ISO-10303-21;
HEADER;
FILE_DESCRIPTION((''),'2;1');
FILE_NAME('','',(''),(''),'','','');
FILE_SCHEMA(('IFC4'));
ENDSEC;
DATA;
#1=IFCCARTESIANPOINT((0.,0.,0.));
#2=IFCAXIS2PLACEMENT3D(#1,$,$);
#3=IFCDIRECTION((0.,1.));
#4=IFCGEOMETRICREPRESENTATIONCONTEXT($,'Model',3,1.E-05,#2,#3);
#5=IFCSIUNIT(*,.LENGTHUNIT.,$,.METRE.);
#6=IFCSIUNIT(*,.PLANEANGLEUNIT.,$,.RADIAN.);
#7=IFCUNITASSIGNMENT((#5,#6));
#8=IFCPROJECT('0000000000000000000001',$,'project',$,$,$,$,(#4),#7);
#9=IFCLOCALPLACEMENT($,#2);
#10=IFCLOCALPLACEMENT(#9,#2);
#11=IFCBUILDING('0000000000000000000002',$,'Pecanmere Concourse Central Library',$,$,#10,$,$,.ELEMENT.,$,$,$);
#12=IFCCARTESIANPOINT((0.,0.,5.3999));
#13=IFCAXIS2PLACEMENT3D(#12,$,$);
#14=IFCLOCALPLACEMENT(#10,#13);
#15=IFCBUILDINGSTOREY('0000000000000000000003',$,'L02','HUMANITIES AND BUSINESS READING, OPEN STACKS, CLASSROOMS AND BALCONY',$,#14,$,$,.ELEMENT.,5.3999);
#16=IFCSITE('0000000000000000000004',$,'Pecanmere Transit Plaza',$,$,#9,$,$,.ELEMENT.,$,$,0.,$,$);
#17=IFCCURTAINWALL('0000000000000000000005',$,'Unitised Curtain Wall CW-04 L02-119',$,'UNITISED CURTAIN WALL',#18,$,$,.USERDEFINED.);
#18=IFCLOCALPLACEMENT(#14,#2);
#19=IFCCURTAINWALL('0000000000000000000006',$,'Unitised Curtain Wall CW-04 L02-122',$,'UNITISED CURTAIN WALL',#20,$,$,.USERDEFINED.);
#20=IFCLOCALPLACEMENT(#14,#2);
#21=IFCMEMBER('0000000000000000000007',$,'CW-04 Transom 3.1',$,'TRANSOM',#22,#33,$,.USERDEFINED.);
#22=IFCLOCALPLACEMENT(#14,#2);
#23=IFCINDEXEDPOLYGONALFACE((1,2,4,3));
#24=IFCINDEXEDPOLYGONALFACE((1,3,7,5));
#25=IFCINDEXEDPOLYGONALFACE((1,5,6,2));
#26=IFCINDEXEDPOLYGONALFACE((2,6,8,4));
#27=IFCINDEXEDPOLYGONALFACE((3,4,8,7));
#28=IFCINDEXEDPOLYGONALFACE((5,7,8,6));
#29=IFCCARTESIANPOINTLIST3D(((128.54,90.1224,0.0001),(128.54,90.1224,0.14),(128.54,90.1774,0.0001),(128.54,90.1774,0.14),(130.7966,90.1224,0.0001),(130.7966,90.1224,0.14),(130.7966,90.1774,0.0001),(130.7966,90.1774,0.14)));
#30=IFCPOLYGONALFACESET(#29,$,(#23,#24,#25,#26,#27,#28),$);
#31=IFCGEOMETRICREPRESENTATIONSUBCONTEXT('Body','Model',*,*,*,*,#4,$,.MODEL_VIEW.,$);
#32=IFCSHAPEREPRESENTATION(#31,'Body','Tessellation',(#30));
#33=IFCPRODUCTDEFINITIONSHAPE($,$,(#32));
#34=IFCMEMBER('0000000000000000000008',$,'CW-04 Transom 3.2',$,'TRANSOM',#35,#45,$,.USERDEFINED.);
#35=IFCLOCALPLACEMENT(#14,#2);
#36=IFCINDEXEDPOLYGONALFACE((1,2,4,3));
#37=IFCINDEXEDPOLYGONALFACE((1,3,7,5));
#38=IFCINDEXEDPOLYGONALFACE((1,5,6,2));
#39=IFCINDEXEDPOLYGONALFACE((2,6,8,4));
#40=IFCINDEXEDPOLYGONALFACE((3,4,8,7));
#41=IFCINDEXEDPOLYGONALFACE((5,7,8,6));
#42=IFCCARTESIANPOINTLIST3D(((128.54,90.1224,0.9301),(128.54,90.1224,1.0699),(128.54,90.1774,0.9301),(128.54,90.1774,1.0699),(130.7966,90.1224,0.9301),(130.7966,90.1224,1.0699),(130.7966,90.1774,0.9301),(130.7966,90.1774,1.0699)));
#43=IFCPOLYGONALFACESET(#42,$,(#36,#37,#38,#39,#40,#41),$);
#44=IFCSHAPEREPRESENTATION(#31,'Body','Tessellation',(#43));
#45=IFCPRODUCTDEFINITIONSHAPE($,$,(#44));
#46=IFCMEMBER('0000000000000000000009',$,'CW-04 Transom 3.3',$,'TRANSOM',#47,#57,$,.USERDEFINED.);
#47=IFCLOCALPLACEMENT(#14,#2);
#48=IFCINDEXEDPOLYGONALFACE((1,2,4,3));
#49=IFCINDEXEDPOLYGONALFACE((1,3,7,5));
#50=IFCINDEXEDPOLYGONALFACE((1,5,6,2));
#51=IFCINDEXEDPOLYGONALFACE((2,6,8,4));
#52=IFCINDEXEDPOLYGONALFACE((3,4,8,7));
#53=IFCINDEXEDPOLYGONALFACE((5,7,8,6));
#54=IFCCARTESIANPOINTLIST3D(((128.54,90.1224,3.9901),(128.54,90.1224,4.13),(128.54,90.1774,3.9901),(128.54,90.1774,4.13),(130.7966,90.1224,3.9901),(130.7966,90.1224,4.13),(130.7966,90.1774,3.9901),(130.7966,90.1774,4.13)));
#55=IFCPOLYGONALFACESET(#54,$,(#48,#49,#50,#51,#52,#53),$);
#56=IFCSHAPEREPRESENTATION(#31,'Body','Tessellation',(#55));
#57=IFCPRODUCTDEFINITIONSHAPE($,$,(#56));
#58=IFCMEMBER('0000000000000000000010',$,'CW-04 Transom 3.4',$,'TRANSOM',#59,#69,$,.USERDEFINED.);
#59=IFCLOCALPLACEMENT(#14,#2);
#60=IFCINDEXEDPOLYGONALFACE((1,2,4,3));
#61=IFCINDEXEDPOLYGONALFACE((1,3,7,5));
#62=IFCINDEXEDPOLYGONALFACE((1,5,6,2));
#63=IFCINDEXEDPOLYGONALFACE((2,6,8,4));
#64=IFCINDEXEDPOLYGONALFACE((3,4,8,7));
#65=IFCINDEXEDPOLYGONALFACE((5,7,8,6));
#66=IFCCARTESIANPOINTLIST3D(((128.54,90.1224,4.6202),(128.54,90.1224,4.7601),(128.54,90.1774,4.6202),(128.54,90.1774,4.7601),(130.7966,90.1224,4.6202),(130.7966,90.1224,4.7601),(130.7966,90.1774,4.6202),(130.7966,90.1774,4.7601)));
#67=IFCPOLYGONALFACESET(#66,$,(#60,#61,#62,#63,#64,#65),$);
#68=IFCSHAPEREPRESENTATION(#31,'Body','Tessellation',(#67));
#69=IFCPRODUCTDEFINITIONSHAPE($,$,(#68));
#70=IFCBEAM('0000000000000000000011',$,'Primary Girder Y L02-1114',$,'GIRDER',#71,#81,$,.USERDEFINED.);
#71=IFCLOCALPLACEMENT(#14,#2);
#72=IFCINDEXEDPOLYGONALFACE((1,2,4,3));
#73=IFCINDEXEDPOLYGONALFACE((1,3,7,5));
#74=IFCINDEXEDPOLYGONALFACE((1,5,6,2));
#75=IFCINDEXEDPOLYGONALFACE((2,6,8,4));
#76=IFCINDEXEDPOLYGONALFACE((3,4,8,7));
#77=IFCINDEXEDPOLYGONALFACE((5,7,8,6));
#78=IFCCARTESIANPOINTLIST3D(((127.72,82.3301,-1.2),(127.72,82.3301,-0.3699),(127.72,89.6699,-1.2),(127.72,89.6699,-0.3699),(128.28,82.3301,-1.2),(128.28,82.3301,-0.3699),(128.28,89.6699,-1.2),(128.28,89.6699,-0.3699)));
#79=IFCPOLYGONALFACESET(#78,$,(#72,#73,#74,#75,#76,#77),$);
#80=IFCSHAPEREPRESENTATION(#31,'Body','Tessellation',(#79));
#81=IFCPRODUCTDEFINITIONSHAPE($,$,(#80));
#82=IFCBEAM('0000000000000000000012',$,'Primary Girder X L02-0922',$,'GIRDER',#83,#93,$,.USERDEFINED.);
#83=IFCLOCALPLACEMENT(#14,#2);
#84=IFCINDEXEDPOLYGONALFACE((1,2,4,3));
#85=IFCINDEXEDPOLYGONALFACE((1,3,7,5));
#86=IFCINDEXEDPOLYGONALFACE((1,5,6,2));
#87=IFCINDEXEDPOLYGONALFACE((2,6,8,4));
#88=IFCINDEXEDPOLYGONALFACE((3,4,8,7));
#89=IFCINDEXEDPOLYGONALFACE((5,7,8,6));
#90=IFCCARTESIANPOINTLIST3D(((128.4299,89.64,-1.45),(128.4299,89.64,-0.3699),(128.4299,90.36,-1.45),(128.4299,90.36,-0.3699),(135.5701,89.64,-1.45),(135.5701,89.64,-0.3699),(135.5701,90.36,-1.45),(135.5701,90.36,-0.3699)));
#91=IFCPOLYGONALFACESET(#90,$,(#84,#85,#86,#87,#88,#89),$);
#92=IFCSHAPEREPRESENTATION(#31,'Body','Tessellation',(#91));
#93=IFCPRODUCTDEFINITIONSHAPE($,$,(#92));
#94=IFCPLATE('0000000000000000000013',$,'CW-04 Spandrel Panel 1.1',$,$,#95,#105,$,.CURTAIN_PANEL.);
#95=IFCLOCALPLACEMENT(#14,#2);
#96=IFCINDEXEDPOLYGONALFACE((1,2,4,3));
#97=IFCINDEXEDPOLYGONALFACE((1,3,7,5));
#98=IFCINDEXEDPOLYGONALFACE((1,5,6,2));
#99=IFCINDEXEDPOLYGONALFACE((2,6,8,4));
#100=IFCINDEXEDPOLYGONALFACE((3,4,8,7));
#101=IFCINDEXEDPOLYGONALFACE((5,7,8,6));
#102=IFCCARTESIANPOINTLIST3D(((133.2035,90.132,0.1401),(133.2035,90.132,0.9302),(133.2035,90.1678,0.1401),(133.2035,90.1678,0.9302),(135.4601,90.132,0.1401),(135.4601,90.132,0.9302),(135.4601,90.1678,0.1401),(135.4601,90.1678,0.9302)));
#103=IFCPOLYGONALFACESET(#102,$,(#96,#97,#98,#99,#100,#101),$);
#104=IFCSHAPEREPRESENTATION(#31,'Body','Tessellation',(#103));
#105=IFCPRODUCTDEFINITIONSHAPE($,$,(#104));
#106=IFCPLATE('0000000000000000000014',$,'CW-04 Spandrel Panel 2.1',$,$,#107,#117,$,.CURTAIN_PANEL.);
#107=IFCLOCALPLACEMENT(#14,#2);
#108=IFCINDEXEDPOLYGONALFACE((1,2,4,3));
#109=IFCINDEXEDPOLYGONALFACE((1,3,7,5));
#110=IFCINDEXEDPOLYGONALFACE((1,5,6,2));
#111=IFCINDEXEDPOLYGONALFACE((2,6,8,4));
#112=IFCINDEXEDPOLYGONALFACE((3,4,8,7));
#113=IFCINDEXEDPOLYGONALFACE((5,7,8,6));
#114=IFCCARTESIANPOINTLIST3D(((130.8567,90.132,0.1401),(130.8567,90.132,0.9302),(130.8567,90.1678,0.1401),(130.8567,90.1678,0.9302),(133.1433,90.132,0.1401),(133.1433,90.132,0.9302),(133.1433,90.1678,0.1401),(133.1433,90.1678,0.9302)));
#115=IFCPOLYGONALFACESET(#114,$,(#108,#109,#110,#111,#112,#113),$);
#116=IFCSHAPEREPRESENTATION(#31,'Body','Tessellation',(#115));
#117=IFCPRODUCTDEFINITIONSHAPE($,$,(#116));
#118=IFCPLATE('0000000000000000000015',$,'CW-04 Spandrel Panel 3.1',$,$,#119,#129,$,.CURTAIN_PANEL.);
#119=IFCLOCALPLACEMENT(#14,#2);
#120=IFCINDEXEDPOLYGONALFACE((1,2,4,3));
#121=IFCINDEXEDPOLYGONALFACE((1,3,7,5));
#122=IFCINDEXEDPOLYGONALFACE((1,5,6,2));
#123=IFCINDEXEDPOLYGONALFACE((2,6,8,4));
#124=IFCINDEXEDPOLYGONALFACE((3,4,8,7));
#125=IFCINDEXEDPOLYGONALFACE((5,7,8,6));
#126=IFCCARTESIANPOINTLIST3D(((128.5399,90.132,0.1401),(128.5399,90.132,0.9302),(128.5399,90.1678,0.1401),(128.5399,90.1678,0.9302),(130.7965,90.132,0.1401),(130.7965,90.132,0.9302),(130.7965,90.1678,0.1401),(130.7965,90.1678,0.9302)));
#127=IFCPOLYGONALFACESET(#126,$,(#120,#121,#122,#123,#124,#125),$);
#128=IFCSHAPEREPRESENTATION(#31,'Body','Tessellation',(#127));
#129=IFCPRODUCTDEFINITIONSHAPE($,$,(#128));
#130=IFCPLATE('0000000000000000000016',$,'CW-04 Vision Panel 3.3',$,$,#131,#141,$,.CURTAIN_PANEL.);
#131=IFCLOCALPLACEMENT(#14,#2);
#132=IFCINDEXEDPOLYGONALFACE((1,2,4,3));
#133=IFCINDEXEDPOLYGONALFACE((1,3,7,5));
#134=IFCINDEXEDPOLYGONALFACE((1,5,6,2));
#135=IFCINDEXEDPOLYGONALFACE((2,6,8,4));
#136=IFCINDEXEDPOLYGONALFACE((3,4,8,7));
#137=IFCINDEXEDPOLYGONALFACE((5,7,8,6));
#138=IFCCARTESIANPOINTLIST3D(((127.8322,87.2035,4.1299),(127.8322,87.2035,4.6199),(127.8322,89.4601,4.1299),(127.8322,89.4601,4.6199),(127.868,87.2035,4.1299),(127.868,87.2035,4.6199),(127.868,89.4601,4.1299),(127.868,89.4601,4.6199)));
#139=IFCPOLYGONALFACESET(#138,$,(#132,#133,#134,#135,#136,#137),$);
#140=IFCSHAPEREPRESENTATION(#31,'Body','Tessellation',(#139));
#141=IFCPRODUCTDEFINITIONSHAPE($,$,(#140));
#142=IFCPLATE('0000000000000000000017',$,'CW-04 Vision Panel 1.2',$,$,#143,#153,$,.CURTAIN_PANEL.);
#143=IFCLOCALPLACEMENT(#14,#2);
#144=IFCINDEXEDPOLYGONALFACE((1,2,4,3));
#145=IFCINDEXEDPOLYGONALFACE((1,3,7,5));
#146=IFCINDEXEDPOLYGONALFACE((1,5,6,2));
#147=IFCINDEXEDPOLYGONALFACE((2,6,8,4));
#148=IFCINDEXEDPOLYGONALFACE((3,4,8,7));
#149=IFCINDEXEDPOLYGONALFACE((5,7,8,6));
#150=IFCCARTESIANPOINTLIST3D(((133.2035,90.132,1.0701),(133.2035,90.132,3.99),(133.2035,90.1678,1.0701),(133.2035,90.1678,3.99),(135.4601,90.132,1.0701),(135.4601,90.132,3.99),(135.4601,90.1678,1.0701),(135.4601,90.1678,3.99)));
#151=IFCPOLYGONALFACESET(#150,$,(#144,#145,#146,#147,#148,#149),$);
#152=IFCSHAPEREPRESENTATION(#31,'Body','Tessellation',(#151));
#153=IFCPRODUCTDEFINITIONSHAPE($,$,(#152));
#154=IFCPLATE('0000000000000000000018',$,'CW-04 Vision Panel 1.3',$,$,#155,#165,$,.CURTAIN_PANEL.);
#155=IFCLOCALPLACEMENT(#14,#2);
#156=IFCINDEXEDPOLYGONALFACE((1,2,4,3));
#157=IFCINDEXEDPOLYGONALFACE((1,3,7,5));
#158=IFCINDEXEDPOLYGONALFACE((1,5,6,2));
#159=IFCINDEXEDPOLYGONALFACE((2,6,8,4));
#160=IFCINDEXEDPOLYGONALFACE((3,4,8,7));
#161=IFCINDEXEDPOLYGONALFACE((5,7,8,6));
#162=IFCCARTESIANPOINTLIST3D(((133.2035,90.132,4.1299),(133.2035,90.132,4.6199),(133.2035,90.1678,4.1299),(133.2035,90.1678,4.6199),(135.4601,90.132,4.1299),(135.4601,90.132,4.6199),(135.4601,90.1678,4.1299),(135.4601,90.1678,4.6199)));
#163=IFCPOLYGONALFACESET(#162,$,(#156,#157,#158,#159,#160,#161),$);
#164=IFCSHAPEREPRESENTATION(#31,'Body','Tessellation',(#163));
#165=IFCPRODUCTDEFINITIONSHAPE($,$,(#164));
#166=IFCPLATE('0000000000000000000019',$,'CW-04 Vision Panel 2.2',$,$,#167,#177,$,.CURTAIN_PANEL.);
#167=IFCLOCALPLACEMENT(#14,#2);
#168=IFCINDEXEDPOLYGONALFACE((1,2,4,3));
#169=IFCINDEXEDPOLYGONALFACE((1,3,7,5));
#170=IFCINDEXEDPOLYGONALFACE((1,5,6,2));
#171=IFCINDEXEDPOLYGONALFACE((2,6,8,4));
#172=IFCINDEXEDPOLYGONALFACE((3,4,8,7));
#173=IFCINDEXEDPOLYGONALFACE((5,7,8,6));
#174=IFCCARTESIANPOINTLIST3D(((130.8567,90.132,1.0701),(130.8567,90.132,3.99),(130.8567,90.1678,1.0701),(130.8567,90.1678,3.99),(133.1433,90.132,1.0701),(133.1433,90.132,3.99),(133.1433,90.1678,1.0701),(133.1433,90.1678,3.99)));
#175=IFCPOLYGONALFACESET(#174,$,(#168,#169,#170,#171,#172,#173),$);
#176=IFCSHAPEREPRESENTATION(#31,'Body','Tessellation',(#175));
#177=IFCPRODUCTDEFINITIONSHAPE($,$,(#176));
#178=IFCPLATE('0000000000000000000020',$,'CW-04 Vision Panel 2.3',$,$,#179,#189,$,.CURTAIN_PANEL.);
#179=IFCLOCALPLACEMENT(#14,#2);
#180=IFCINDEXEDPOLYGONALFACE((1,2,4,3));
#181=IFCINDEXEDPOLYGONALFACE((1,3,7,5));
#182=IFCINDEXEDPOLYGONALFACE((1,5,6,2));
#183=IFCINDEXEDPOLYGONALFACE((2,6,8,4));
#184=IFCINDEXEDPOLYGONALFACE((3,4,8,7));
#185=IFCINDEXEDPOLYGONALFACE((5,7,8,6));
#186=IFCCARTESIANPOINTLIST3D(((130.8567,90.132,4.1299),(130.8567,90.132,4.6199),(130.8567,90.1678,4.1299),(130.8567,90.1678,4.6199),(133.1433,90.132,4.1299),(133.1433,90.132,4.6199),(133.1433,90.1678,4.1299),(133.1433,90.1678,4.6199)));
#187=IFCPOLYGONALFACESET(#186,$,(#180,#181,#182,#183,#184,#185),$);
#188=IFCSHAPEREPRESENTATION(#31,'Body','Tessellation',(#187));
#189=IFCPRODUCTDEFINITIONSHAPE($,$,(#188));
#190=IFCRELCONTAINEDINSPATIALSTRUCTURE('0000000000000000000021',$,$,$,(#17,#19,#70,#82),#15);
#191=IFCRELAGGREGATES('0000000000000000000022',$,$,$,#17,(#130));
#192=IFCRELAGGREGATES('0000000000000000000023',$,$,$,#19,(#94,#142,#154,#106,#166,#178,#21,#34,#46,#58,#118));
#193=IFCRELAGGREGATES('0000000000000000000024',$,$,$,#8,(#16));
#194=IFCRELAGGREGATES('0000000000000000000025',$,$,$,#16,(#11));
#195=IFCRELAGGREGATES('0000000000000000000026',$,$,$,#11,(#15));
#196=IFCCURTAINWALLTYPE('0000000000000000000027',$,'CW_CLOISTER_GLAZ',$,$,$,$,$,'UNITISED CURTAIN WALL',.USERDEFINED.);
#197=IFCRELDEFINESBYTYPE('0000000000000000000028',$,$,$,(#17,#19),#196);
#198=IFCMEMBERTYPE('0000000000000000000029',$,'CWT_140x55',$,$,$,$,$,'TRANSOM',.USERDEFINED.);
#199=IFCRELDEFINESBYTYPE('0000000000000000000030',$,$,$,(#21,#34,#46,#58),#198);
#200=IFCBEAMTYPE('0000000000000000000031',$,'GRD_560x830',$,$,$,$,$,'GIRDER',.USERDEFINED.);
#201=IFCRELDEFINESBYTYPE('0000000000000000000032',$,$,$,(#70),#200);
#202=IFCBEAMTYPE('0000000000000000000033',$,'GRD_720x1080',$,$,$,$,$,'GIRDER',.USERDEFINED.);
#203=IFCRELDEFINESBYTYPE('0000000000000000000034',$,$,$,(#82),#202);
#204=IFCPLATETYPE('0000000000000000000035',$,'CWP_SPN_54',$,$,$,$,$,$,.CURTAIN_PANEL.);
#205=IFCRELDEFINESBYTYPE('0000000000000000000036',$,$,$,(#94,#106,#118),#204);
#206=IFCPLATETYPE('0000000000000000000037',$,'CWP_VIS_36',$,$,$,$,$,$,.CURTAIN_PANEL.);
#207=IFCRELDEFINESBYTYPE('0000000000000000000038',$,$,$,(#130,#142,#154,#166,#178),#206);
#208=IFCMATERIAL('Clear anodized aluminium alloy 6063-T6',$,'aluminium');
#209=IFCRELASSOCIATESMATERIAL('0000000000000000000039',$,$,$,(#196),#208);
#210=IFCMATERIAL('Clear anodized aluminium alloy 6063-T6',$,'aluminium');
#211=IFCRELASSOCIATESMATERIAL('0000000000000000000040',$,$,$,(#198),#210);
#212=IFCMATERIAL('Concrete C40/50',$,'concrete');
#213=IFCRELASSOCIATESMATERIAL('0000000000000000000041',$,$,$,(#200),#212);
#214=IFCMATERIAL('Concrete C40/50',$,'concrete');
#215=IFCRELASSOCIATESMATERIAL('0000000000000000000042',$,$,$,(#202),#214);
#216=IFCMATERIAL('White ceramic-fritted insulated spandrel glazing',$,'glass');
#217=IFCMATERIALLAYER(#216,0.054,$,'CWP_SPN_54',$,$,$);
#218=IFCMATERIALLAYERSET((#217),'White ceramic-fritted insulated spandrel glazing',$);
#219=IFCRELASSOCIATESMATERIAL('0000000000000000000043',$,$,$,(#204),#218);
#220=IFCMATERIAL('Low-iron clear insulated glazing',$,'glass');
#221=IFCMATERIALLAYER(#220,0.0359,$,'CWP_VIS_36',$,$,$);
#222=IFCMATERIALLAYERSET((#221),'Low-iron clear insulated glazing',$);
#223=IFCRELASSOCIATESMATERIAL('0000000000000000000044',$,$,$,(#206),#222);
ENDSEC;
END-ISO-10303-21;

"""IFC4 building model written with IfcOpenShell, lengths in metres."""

from ifc_helpers import new_model, si_unit, direction, frame, origin, origin_2d, place, context, subcontext, project, spatial, rectangle, extrude, material, layer, layer_set, material_profile, profile_set, type_object, element, aggregate, save


model = new_model("IFC4")

# Units and contexts
model_context = context("Model", 3, precision=1e-05, world=origin(), true_north=direction((0.0, 1.0)))
body_context = subcontext(model_context, "Body", "Model", "MODEL_VIEW")
ifc_project = project(units=[si_unit("LENGTHUNIT", "METRE"), si_unit("PLANEANGLEUNIT", "RADIAN")], contexts=[model_context])

# Site, building, storey
site_placement = place(None, origin())
site = spatial("IfcSite", under=ifc_project, at=site_placement, Name="Pecanmere Transit Plaza", CompositionType="ELEMENT", RefElevation=0.0)
building_placement = place(site_placement, origin())
building = spatial("IfcBuilding", under=site, at=building_placement, Name="Pecanmere Concourse Central Library", CompositionType="ELEMENT")
storey_placement = place(building_placement, frame((0.0, 0.0, 5.3999)))
storey = spatial("IfcBuildingStorey", under=building, at=storey_placement, Name="L02", Description="HUMANITIES AND BUSINESS READING, OPEN STACKS, CLASSROOMS AND BALCONY", CompositionType="ELEMENT", Elevation=5.3999)

# Curtain wall
ifc_material_1 = material(Name="Clear anodized aluminium alloy 6063-T6", Category="aluminium")
curtain_wall_type = type_object("IfcCurtainWallType", Name="CW_CLOISTER_GLAZ", ElementType="UNITISED CURTAIN WALL", PredefinedType="USERDEFINED", material=ifc_material_1)
curtain_wall_1_placement = place(storey_placement, origin())
curtain_wall_1 = element("IfcCurtainWall", 1, at=curtain_wall_1_placement, inside=storey, type_object=curtain_wall_type, Name="Unitised Curtain Wall CW-04 L02-119", ObjectType="UNITISED CURTAIN WALL", PredefinedType="USERDEFINED")

# Curtain wall, members
curtain_wall_2_placement = place(storey_placement, origin())
curtain_wall_2 = element("IfcCurtainWall", 2, at=curtain_wall_2_placement, inside=storey, type_object=curtain_wall_type, Name="Unitised Curtain Wall CW-04 L02-122", ObjectType="UNITISED CURTAIN WALL", PredefinedType="USERDEFINED")
ifc_material_2 = material(Name="Clear anodized aluminium alloy 6063-T6", Category="aluminium")
ifc_material_profile_1 = material_profile(ifc_material_2, rectangle(XDim=0.0549, YDim=0.1399, at=origin_2d()), Name="AL 55x140")
ifc_profile_set_1 = profile_set([ifc_material_profile_1], Name="Clear anodized aluminium alloy 6063-T6")
member_type_1 = type_object("IfcMemberType", Name="CWT_140x55", ElementType="TRANSOM", PredefinedType="USERDEFINED", material=ifc_profile_set_1)
member_1_placement = place(storey_placement, frame((130.7966, 90.1499, 0.0701), z_axis=(-1.0, 0.0, 0.0), x_axis=(0.0, -1.0, 0.0)))
member_1 = element("IfcMember", 3, at=member_1_placement, type_object=member_type_1, Name="CW-04 Transom 3.1", ObjectType="TRANSOM", PredefinedType="USERDEFINED", context=body_context, shape_type="SweptSolid", body=[
    extrude(rectangle(XDim=0.0549, YDim=0.1399, at=origin_2d()), origin(), (0.0, 0.0, 1.0), 2.2566),
])
member_2_placement = place(storey_placement, frame((130.7966, 90.1499, 1.0), z_axis=(-1.0, 0.0, 0.0), x_axis=(0.0, -1.0, 0.0)))
member_2 = element("IfcMember", 4, at=member_2_placement, type_object=member_type_1, Name="CW-04 Transom 3.2", ObjectType="TRANSOM", PredefinedType="USERDEFINED", context=body_context, shape_type="SweptSolid", body=[
    extrude(rectangle(XDim=0.0549, YDim=0.1399, at=origin_2d()), origin(), (0.0, 0.0, 1.0), 2.2566),
])
member_3_placement = place(storey_placement, frame((130.7966, 90.1499, 4.0601), z_axis=(-1.0, 0.0, 0.0), x_axis=(0.0, -1.0, 0.0)))
member_3 = element("IfcMember", 5, at=member_3_placement, type_object=member_type_1, Name="CW-04 Transom 3.3", ObjectType="TRANSOM", PredefinedType="USERDEFINED", context=body_context, shape_type="SweptSolid", body=[
    extrude(rectangle(XDim=0.0549, YDim=0.1399, at=origin_2d()), origin(), (0.0, 0.0, 1.0), 2.2566),
])
member_4_placement = place(storey_placement, frame((130.7966, 90.1499, 4.6902), z_axis=(-1.0, 0.0, 0.0), x_axis=(0.0, -1.0, 0.0)))
member_4 = element("IfcMember", 6, at=member_4_placement, type_object=member_type_1, Name="CW-04 Transom 3.4", ObjectType="TRANSOM", PredefinedType="USERDEFINED", context=body_context, shape_type="SweptSolid", body=[
    extrude(rectangle(XDim=0.0549, YDim=0.1399, at=origin_2d()), origin(), (0.0, 0.0, 1.0), 2.2566),
])

# Beams
ifc_material_3 = material(Name="Concrete C40/50", Category="concrete")
ifc_material_profile_2 = material_profile(ifc_material_3, rectangle(XDim=0.5601, YDim=0.8301, at=origin_2d()), Name="RC 560x830")
ifc_profile_set_2 = profile_set([ifc_material_profile_2], Name="Concrete C40/50")
beam_type_1 = type_object("IfcBeamType", Name="GRD_560x830", ElementType="GIRDER", PredefinedType="USERDEFINED", material=ifc_profile_set_2)
beam_1_placement = place(storey_placement, frame((128.0, 82.3301, -0.7849), z_axis=(0.0, 1.0, 0.0), x_axis=(-1.0, 0.0, 0.0)))
element("IfcBeam", 7, at=beam_1_placement, inside=storey, type_object=beam_type_1, Name="Primary Girder Y L02-1114", ObjectType="GIRDER", PredefinedType="USERDEFINED", context=body_context, shape_type="SweptSolid", body=[
    extrude(rectangle(XDim=0.5601, YDim=0.8301, at=origin_2d()), origin(), (0.0, 0.0, 1.0), 7.3398),
])
ifc_material_4 = material(Name="Concrete C40/50", Category="concrete")
ifc_material_profile_3 = material_profile(ifc_material_4, rectangle(XDim=0.72, YDim=1.0801, at=origin_2d()), Name="RC 720x1080")
ifc_profile_set_3 = profile_set([ifc_material_profile_3], Name="Concrete C40/50")
beam_type_2 = type_object("IfcBeamType", Name="GRD_720x1080", ElementType="GIRDER", PredefinedType="USERDEFINED", material=ifc_profile_set_3)
beam_2_placement = place(storey_placement, frame((128.4299, 90.0, -0.9099), z_axis=(1.0, 0.0, 0.0), x_axis=(0.0, 1.0, 0.0)))
element("IfcBeam", 8, at=beam_2_placement, inside=storey, type_object=beam_type_2, Name="Primary Girder X L02-0922", ObjectType="GIRDER", PredefinedType="USERDEFINED", context=body_context, shape_type="SweptSolid", body=[
    extrude(rectangle(XDim=0.72, YDim=1.0801, at=origin_2d()), origin(), (0.0, 0.0, 1.0), 7.1401),
])

# Plates
ifc_material_5 = material(Name="White ceramic-fritted insulated spandrel glazing", Category="glass")
ifc_layer_1 = layer(ifc_material_5, 0.054, Name="CWP_SPN_54")
ifc_layer_set_1 = layer_set([ifc_layer_1], Name="White ceramic-fritted insulated spandrel glazing")
plate_type_1 = type_object("IfcPlateType", Name="CWP_SPN_54", PredefinedType="CURTAIN_PANEL", material=ifc_layer_set_1)
plate_1_placement = place(storey_placement, frame((134.3318, 90.1499, 0.1401), z_axis=(0.0, 0.0, 1.0), x_axis=(-1.0, 0.0, 0.0)))
plate_1 = element("IfcPlate", 9, at=plate_1_placement, type_object=plate_type_1, Name="CW-04 Spandrel Panel 1.1", PredefinedType="CURTAIN_PANEL", context=body_context, shape_type="SweptSolid", body=[
    extrude(rectangle(XDim=2.2566, YDim=0.0359, at=origin_2d()), origin(), (0.0, 0.0, 1.0), 0.79),
])
plate_2_placement = place(storey_placement, frame((132.0, 90.1499, 0.1401), z_axis=(0.0, 0.0, 1.0), x_axis=(-1.0, 0.0, 0.0)))
plate_2 = element("IfcPlate", 10, at=plate_2_placement, type_object=plate_type_1, Name="CW-04 Spandrel Panel 2.1", PredefinedType="CURTAIN_PANEL", context=body_context, shape_type="SweptSolid", body=[
    extrude(rectangle(XDim=2.2866, YDim=0.0359, at=origin_2d()), origin(), (0.0, 0.0, 1.0), 0.79),
])
plate_3_placement = place(storey_placement, frame((129.6682, 90.1499, 0.1401), z_axis=(0.0, 0.0, 1.0), x_axis=(-1.0, 0.0, 0.0)))
plate_3 = element("IfcPlate", 11, at=plate_3_placement, type_object=plate_type_1, Name="CW-04 Spandrel Panel 3.1", PredefinedType="CURTAIN_PANEL", context=body_context, shape_type="SweptSolid", body=[
    extrude(rectangle(XDim=2.2566, YDim=0.0359, at=origin_2d()), origin(), (0.0, 0.0, 1.0), 0.79),
])
ifc_material_6 = material(Name="Low-iron clear insulated glazing", Category="glass")
ifc_layer_2 = layer(ifc_material_6, 0.0359, Name="CWP_VIS_36")
ifc_layer_set_2 = layer_set([ifc_layer_2], Name="Low-iron clear insulated glazing")
plate_type_2 = type_object("IfcPlateType", Name="CWP_VIS_36", PredefinedType="CURTAIN_PANEL", material=ifc_layer_set_2)
plate_4_placement = place(storey_placement, frame((127.8501, 88.3318, 4.1299), z_axis=(0.0, 0.0, 1.0), x_axis=(0.0, 1.0, 0.0)))
plate_4 = element("IfcPlate", 12, at=plate_4_placement, type_object=plate_type_2, Name="CW-04 Vision Panel 3.3", PredefinedType="CURTAIN_PANEL", context=body_context, shape_type="SweptSolid", body=[
    extrude(rectangle(XDim=2.2566, YDim=0.0359, at=origin_2d()), origin(), (0.0, 0.0, 1.0), 0.49),
])
aggregate(curtain_wall_1, [plate_4])
plate_5_placement = place(storey_placement, frame((134.3318, 90.1499, 1.0701), z_axis=(0.0, 0.0, 1.0), x_axis=(-1.0, 0.0, 0.0)))
plate_5 = element("IfcPlate", 13, at=plate_5_placement, type_object=plate_type_2, Name="CW-04 Vision Panel 1.2", PredefinedType="CURTAIN_PANEL", context=body_context, shape_type="SweptSolid", body=[
    extrude(rectangle(XDim=2.2566, YDim=0.0359, at=origin_2d()), origin(), (0.0, 0.0, 1.0), 2.9199),
])
plate_6_placement = place(storey_placement, frame((134.3318, 90.1499, 4.1299), z_axis=(0.0, 0.0, 1.0), x_axis=(-1.0, 0.0, 0.0)))
plate_6 = element("IfcPlate", 14, at=plate_6_placement, type_object=plate_type_2, Name="CW-04 Vision Panel 1.3", PredefinedType="CURTAIN_PANEL", context=body_context, shape_type="SweptSolid", body=[
    extrude(rectangle(XDim=2.2566, YDim=0.0359, at=origin_2d()), origin(), (0.0, 0.0, 1.0), 0.49),
])
plate_7_placement = place(storey_placement, frame((132.0, 90.1499, 1.0701), z_axis=(0.0, 0.0, 1.0), x_axis=(-1.0, 0.0, 0.0)))
plate_7 = element("IfcPlate", 15, at=plate_7_placement, type_object=plate_type_2, Name="CW-04 Vision Panel 2.2", PredefinedType="CURTAIN_PANEL", context=body_context, shape_type="SweptSolid", body=[
    extrude(rectangle(XDim=2.2866, YDim=0.0359, at=origin_2d()), origin(), (0.0, 0.0, 1.0), 2.9199),
])
plate_8_placement = place(storey_placement, frame((132.0, 90.1499, 4.1299), z_axis=(0.0, 0.0, 1.0), x_axis=(-1.0, 0.0, 0.0)))
plate_8 = element("IfcPlate", 16, at=plate_8_placement, type_object=plate_type_2, Name="CW-04 Vision Panel 2.3", PredefinedType="CURTAIN_PANEL", context=body_context, shape_type="SweptSolid", body=[
    extrude(rectangle(XDim=2.2866, YDim=0.0359, at=origin_2d()), origin(), (0.0, 0.0, 1.0), 0.49),
])
aggregate(curtain_wall_2, [plate_1, plate_5, plate_6, plate_2, plate_7, plate_8, member_1, member_2, member_3, member_4, plate_3])

save(model, "model.ifc")
